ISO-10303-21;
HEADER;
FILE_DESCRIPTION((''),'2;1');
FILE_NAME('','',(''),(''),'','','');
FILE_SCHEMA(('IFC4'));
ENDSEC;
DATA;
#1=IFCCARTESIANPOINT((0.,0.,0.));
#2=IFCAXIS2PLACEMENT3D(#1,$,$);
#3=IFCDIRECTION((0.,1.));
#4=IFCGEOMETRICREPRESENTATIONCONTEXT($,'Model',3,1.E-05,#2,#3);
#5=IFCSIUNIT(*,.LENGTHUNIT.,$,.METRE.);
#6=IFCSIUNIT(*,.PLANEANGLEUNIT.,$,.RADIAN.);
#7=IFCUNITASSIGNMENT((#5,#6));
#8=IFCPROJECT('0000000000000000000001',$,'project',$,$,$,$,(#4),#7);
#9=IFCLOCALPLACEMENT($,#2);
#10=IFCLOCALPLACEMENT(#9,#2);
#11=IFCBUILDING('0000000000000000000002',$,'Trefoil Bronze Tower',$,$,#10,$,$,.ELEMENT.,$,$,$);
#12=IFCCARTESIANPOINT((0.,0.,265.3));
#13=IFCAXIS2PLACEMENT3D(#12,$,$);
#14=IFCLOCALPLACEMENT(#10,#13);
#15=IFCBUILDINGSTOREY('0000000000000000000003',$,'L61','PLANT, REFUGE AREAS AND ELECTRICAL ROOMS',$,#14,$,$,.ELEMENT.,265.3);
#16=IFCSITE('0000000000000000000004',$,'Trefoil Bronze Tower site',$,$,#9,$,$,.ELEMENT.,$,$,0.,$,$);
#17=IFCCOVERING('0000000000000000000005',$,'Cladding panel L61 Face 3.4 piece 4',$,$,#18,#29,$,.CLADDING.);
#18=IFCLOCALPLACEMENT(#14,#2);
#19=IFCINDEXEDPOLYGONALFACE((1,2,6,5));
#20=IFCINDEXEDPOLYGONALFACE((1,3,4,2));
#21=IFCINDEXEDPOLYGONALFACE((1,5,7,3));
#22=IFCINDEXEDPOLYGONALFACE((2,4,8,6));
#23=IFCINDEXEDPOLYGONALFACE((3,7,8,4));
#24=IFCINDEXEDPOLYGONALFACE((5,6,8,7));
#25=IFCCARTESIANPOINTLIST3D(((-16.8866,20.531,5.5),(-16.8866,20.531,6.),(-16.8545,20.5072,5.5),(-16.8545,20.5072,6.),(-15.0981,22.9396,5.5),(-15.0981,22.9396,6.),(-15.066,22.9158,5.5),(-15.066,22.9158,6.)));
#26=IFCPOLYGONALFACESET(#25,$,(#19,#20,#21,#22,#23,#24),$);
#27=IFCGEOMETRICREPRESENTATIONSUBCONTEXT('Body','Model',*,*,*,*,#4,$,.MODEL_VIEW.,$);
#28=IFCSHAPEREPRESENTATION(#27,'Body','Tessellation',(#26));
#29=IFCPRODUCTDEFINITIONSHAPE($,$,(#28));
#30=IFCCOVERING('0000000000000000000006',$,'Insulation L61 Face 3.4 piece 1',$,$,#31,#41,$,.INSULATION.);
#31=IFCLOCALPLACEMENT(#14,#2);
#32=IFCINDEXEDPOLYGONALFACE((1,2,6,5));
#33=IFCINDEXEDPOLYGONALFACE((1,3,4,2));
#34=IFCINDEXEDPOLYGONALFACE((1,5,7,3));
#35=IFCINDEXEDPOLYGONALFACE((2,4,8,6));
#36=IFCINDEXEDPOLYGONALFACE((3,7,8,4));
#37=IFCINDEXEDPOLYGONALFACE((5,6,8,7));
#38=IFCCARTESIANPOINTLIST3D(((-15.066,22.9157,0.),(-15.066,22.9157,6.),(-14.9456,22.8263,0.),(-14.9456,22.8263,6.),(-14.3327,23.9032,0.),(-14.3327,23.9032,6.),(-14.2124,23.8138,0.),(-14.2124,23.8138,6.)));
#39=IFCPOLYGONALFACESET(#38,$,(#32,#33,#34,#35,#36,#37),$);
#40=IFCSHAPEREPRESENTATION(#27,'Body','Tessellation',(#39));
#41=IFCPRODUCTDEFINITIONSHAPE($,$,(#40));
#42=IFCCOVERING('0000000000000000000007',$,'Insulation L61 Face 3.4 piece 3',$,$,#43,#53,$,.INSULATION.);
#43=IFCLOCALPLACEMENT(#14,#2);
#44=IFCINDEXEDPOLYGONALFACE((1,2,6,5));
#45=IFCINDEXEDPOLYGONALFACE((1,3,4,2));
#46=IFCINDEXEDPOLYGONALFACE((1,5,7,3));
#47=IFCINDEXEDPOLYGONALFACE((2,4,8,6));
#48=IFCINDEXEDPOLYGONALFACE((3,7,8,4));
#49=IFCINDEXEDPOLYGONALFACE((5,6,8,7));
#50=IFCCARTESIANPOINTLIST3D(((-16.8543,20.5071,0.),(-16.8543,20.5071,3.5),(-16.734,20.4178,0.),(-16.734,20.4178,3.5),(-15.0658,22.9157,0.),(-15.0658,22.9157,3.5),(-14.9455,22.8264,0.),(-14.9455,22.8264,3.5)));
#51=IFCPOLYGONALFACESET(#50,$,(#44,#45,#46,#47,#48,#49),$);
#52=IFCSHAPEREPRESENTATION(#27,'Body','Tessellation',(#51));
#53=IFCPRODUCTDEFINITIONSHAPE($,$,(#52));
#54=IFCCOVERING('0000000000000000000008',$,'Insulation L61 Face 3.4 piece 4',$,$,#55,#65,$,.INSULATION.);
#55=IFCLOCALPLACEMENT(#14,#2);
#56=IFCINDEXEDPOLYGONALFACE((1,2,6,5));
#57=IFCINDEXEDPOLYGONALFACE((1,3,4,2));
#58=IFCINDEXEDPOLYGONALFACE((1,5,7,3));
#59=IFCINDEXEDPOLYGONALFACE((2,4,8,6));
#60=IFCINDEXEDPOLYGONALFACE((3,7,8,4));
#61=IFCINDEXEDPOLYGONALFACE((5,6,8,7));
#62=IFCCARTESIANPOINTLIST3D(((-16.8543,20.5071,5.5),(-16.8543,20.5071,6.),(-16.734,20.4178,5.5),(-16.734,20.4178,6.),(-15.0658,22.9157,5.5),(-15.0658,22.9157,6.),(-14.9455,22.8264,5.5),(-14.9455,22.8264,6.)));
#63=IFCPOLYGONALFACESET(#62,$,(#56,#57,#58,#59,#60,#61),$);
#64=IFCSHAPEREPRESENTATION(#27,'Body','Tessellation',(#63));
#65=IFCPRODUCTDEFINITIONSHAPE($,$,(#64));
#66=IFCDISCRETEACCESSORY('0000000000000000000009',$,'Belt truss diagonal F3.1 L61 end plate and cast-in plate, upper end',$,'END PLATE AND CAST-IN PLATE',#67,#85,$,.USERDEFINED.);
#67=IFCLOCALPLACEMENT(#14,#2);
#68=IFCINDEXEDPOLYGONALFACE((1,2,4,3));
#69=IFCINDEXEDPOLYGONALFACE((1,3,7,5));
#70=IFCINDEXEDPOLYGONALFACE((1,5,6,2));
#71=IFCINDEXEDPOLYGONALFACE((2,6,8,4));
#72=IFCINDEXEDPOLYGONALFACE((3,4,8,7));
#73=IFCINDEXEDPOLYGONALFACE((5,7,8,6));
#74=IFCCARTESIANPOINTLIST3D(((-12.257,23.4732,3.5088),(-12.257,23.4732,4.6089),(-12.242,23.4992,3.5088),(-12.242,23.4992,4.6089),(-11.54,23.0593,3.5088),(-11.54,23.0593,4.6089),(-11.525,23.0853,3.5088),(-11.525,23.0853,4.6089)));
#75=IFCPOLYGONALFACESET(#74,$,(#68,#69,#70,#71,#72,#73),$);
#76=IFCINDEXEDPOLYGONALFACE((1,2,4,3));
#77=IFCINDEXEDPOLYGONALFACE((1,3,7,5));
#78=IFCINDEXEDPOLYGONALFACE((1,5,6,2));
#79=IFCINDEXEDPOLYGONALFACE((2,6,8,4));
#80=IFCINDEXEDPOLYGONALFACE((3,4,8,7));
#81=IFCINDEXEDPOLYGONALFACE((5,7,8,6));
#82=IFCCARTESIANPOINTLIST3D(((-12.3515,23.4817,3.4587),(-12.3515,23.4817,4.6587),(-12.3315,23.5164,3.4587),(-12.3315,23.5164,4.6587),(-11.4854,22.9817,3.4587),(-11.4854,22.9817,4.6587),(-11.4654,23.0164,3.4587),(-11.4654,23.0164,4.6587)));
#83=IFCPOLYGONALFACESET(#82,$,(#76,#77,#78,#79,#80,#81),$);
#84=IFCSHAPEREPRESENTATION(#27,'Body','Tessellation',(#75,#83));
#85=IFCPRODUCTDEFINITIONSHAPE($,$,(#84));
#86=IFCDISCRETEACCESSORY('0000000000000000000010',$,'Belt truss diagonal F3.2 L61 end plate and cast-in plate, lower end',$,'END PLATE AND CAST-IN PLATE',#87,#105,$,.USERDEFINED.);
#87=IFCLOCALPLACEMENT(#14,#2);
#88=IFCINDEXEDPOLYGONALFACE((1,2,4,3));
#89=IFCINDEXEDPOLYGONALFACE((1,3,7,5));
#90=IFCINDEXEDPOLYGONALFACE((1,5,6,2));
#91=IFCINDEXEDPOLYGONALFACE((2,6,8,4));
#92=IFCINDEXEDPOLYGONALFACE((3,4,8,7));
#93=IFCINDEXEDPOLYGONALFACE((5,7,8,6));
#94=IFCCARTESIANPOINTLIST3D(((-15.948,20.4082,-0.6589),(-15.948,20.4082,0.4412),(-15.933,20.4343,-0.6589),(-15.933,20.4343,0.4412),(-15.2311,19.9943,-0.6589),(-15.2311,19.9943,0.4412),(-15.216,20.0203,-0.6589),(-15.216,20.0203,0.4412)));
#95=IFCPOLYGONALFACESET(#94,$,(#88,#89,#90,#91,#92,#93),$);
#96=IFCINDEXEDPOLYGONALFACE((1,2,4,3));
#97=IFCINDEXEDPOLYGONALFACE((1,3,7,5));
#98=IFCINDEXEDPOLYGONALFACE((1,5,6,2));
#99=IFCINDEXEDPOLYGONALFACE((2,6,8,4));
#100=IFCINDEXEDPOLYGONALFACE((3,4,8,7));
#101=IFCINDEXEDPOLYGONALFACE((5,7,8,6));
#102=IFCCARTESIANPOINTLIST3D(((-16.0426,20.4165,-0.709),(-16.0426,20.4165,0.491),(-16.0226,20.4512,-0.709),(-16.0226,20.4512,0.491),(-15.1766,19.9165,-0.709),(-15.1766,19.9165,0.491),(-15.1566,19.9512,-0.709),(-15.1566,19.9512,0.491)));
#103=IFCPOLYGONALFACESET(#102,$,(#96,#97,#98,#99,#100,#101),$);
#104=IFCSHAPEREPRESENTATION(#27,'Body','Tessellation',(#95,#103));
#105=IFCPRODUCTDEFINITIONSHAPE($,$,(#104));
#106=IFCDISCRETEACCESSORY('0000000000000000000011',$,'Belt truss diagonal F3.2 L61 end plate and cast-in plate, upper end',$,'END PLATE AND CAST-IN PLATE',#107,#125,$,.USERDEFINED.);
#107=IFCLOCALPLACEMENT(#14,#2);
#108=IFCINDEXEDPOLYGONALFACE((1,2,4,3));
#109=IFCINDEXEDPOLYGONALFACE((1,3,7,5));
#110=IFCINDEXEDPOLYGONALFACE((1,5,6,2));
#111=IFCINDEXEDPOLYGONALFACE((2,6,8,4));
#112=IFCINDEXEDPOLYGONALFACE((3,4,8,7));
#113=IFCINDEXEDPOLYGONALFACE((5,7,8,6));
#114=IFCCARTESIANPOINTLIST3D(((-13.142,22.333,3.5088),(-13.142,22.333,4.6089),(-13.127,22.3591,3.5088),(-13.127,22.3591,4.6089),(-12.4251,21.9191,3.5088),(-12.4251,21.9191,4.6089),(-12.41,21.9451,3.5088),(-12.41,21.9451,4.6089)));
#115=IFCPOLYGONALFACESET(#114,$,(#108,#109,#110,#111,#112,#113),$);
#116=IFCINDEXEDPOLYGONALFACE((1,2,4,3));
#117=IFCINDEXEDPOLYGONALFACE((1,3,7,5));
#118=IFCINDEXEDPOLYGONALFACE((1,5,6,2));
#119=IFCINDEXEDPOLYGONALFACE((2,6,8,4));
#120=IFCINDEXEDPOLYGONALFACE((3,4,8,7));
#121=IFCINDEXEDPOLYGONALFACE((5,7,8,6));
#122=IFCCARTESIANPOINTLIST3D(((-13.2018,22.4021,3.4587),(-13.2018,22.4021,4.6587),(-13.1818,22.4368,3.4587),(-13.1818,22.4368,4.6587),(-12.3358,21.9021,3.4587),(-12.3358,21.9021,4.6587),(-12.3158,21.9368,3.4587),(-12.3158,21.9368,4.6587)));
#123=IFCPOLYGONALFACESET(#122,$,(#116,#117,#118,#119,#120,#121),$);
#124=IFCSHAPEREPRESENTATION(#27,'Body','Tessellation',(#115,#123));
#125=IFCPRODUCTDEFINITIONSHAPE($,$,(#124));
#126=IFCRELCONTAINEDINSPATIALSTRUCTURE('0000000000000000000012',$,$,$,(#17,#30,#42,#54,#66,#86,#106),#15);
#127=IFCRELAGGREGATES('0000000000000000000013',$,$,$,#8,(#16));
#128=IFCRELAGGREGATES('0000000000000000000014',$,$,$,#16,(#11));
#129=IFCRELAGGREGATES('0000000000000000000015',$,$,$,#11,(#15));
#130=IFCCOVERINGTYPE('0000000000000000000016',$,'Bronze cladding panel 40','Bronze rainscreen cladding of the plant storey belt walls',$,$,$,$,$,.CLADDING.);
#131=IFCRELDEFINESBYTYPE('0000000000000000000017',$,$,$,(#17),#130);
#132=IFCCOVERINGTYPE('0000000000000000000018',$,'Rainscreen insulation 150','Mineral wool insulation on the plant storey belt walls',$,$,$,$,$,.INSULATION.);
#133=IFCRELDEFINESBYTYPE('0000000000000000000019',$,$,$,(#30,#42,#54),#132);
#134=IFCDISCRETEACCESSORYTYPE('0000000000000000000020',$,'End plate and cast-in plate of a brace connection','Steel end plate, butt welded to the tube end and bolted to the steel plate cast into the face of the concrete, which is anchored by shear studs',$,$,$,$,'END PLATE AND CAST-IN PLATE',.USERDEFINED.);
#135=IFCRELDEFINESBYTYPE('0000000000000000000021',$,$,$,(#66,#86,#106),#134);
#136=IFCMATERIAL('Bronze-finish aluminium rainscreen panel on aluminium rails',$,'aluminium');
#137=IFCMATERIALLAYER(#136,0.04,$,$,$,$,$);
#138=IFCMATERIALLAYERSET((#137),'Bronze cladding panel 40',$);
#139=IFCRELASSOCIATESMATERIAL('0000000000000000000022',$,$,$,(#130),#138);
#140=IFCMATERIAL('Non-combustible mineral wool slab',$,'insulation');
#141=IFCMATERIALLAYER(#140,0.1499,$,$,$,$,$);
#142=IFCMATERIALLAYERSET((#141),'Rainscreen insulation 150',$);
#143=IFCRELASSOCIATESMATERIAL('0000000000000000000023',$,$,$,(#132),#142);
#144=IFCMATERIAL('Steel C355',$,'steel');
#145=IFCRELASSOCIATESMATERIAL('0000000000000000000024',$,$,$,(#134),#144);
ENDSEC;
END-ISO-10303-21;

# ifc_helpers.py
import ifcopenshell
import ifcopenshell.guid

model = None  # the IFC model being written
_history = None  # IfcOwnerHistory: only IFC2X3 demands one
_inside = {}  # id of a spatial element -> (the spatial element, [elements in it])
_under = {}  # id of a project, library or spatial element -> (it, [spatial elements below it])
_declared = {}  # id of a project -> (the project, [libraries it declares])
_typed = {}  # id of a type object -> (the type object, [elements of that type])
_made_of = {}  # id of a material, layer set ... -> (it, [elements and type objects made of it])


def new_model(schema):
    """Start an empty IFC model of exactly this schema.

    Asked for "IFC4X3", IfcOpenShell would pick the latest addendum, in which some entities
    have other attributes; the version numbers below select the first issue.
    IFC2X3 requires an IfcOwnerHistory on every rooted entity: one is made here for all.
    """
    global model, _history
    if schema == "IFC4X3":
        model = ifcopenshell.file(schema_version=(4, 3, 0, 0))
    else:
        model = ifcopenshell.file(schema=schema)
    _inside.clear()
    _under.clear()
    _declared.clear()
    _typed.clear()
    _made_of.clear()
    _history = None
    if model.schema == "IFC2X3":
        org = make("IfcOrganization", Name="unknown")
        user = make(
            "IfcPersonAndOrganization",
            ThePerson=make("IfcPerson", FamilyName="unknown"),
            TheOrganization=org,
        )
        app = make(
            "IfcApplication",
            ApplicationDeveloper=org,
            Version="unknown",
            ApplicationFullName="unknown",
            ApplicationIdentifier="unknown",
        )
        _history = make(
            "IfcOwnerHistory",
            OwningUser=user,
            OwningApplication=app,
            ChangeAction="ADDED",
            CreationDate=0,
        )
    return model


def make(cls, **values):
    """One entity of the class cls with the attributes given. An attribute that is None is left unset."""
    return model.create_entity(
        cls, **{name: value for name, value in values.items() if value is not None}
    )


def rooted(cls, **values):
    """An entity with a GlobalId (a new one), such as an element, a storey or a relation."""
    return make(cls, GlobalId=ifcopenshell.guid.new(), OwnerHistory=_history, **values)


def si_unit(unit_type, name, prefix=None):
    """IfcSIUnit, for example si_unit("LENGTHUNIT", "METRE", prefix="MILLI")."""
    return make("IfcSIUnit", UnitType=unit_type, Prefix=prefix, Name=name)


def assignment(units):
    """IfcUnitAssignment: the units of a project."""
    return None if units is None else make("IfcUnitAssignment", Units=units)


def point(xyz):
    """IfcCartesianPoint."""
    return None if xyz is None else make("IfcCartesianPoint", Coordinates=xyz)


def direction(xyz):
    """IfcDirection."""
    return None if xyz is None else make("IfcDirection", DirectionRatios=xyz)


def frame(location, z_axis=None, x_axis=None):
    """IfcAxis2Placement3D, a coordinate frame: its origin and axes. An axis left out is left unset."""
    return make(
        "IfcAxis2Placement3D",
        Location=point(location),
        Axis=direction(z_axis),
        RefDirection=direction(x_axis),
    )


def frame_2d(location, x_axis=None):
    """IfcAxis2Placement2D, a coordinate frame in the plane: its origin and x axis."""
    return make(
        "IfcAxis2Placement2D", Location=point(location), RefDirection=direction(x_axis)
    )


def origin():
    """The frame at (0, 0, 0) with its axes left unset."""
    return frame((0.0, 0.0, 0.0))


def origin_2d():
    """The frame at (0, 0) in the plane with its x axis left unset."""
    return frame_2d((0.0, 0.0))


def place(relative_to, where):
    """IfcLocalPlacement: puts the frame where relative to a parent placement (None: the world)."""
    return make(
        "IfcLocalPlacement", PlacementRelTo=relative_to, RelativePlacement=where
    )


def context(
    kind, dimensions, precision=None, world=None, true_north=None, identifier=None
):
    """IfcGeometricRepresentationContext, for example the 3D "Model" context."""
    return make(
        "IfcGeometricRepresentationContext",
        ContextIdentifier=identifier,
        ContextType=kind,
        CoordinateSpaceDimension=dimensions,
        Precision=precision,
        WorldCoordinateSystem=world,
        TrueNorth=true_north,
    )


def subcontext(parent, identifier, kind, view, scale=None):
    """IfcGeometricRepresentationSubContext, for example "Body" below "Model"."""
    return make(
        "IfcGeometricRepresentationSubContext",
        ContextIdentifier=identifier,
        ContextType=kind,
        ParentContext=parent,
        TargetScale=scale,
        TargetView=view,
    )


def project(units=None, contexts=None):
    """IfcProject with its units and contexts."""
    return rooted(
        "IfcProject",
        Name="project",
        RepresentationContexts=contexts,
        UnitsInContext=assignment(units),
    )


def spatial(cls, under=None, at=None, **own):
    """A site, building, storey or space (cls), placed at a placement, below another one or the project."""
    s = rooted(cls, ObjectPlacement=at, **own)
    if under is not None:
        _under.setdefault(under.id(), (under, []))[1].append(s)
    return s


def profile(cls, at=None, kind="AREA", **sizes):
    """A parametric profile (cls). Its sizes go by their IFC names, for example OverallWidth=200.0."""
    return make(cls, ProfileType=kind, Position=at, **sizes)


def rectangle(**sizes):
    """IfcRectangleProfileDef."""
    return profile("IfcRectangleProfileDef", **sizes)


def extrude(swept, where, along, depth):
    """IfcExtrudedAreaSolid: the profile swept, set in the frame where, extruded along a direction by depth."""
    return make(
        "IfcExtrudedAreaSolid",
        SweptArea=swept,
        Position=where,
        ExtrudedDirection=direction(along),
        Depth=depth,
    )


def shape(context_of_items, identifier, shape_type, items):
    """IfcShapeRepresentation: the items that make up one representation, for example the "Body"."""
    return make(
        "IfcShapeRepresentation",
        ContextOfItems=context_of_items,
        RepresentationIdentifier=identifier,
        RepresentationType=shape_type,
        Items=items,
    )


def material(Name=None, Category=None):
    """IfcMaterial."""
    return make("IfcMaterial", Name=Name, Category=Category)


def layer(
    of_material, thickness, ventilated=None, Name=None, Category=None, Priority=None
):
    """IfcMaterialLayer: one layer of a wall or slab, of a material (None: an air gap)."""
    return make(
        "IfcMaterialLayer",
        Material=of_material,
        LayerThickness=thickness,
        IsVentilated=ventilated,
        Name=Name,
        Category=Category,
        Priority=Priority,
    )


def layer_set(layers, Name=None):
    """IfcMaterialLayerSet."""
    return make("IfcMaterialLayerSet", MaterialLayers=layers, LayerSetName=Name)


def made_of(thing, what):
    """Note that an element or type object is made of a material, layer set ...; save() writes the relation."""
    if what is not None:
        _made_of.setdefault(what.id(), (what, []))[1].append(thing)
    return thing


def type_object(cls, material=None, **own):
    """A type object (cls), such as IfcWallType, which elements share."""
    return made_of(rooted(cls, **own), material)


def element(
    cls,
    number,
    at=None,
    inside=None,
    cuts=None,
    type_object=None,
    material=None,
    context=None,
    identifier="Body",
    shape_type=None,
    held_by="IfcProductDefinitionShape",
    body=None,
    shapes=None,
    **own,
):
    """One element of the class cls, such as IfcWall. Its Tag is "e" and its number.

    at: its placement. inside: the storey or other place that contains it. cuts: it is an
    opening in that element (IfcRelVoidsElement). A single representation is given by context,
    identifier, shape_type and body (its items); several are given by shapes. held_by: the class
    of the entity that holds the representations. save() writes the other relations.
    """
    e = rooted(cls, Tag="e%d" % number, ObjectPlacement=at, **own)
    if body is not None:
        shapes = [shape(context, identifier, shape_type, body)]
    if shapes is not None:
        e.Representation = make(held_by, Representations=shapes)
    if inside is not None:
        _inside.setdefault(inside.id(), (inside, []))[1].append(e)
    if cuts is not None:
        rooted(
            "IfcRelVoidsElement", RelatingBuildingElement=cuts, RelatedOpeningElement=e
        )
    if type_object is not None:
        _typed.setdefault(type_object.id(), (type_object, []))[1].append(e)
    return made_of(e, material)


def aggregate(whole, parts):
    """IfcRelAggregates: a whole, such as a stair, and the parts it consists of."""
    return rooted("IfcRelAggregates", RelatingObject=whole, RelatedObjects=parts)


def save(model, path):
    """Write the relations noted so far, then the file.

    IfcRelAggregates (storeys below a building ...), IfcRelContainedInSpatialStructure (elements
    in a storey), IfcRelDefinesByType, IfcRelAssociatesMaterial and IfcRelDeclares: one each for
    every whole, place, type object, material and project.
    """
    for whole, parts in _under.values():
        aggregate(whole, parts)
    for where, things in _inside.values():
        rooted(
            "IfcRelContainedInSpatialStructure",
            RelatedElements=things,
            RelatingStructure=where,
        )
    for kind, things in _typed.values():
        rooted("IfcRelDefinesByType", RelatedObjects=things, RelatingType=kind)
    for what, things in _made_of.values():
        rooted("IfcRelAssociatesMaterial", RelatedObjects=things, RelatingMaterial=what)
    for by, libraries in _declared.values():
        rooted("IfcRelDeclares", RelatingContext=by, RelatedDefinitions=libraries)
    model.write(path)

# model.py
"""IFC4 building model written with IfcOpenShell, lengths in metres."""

from ifc_helpers import new_model, si_unit, direction, frame, origin, origin_2d, place, context, subcontext, project, spatial, rectangle, extrude, material, layer, layer_set, type_object, element, save


model = new_model("IFC4")

# Units and contexts
model_context = context("Model", 3, precision=1e-05, world=origin(), true_north=direction((0.0, 1.0)))
body_context = subcontext(model_context, "Body", "Model", "MODEL_VIEW")
ifc_project = project(units=[si_unit("LENGTHUNIT", "METRE"), si_unit("PLANEANGLEUNIT", "RADIAN")], contexts=[model_context])

# Site, building, storey
site_placement = place(None, origin())
site = spatial("IfcSite", under=ifc_project, at=site_placement, Name="Trefoil Bronze Tower site", CompositionType="ELEMENT", RefElevation=0.0)
building_placement = place(site_placement, origin())
building = spatial("IfcBuilding", under=site, at=building_placement, Name="Trefoil Bronze Tower", CompositionType="ELEMENT")
storey_placement = place(building_placement, frame((0.0, 0.0, 265.3)))
storey = spatial("IfcBuildingStorey", under=building, at=storey_placement, Name="L61", Description="PLANT, REFUGE AREAS AND ELECTRICAL ROOMS", CompositionType="ELEMENT", Elevation=265.3)

# Coverings
ifc_material_1 = material(Name="Bronze-finish aluminium rainscreen panel on aluminium rails", Category="aluminium")
ifc_layer_1 = layer(ifc_material_1, 0.04)
ifc_layer_set_1 = layer_set([ifc_layer_1], Name="Bronze cladding panel 40")
covering_type_1 = type_object("IfcCoveringType", Name="Bronze cladding panel 40", Description="Bronze rainscreen cladding of the plant storey belt walls", PredefinedType="CLADDING", material=ifc_layer_set_1)
covering_1_placement = place(storey_placement, frame((-15.9763, 21.7234, 5.5), z_axis=(0.0, 0.0, 1.0), x_axis=(-0.596162, -0.802865, 0.0)))
element("IfcCovering", 1, at=covering_1_placement, inside=storey, type_object=covering_type_1, Name="Cladding panel L61 Face 3.4 piece 4", PredefinedType="CLADDING", context=body_context, shape_type="SweptSolid", body=[
    extrude(rectangle(XDim=3.0, YDim=0.04, at=origin_2d()), origin(), (0.0, 0.0, 1.0), 0.5),
])
ifc_material_2 = material(Name="Non-combustible mineral wool slab", Category="insulation")
ifc_layer_2 = layer(ifc_material_2, 0.1499)
ifc_layer_set_2 = layer_set([ifc_layer_2], Name="Rainscreen insulation 150")
covering_type_2 = type_object("IfcCoveringType", Name="Rainscreen insulation 150", Description="Mineral wool insulation on the plant storey belt walls", PredefinedType="INSULATION", material=ifc_layer_set_2)
covering_2_placement = place(storey_placement, frame((-14.6392, 23.3647, 0.0), z_axis=(0.0, 0.0, 1.0), x_axis=(-0.596162, -0.802865, 0.0)))
element("IfcCovering", 2, at=covering_2_placement, inside=storey, type_object=covering_type_2, Name="Insulation L61 Face 3.4 piece 1", PredefinedType="INSULATION", context=body_context, shape_type="SweptSolid", body=[
    extrude(rectangle(XDim=1.23, YDim=0.1499, at=origin_2d()), origin(), (0.0, 0.0, 1.0), 6.0),
])
covering_3_placement = place(storey_placement, frame((-15.8999, 21.6667, 0.0), z_axis=(0.0, 0.0, 1.0), x_axis=(-0.596162, -0.802865, 0.0)))
element("IfcCovering", 3, at=covering_3_placement, inside=storey, type_object=covering_type_2, Name="Insulation L61 Face 3.4 piece 3", PredefinedType="INSULATION", context=body_context, shape_type="SweptSolid", body=[
    extrude(rectangle(XDim=3.0, YDim=0.1499, at=origin_2d()), origin(), (0.0, 0.0, 1.0), 3.5),
])
covering_4_placement = place(storey_placement, frame((-15.8999, 21.6667, 5.5), z_axis=(0.0, 0.0, 1.0), x_axis=(-0.596162, -0.802865, 0.0)))
element("IfcCovering", 4, at=covering_4_placement, inside=storey, type_object=covering_type_2, Name="Insulation L61 Face 3.4 piece 4", PredefinedType="INSULATION", context=body_context, shape_type="SweptSolid", body=[
    extrude(rectangle(XDim=3.0, YDim=0.1499, at=origin_2d()), origin(), (0.0, 0.0, 1.0), 0.5),
])

# Discrete accessories
ifc_material_3 = material(Name="Steel C355", Category="steel")
discrete_accessory_type = type_object("IfcDiscreteAccessoryType", Name="End plate and cast-in plate of a brace connection", Description="Steel end plate, butt welded to the tube end and bolted to the steel plate cast into the face of the concrete, which is anchored by shear studs", ElementType="END PLATE AND CAST-IN PLATE", PredefinedType="USERDEFINED", material=ifc_material_3)
discrete_accessory_1_placement = place(storey_placement, frame((-11.8984, 23.2664, 4.0588), z_axis=(0.0, 0.0, 1.0), x_axis=(0.5, 0.866025, 0.0)))
element("IfcDiscreteAccessory", 5, at=discrete_accessory_1_placement, inside=storey, type_object=discrete_accessory_type, Name="Belt truss diagonal F3.1 L61 end plate and cast-in plate, upper end", ObjectType="END PLATE AND CAST-IN PLATE", PredefinedType="USERDEFINED", context=body_context, shape_type="SweptSolid", body=[
    extrude(rectangle(XDim=0.03, YDim=0.8279, at=origin_2d()), frame((0.0149, 0.0, -0.55)), (0.0, 0.0, 1.0), 1.1001),
    extrude(rectangle(XDim=0.04, YDim=1.0, at=origin_2d()), frame((-0.02, 0.0, -0.6001)), (0.0, 0.0, 1.0), 1.2),
])
discrete_accessory_2_placement = place(storey_placement, frame((-15.5896, 20.2012, -0.1089), z_axis=(0.0, 0.0, 1.0), x_axis=(0.5, 0.866025, 0.0)))
element("IfcDiscreteAccessory", 6, at=discrete_accessory_2_placement, inside=storey, type_object=discrete_accessory_type, Name="Belt truss diagonal F3.2 L61 end plate and cast-in plate, lower end", ObjectType="END PLATE AND CAST-IN PLATE", PredefinedType="USERDEFINED", context=body_context, shape_type="SweptSolid", body=[
    extrude(rectangle(XDim=0.03, YDim=0.8279, at=origin_2d()), frame((0.0151, 0.0, -0.55)), (0.0, 0.0, 1.0), 1.1001),
    extrude(rectangle(XDim=0.04, YDim=1.0, at=origin_2d()), frame((-0.02, 0.0, -0.6001)), (0.0, 0.0, 1.0), 1.2),
])
discrete_accessory_3_placement = place(storey_placement, frame((-12.7688, 22.1521, 4.0588), z_axis=(0.0, 0.0, 1.0), x_axis=(-0.5, -0.866025, 0.0)))
element("IfcDiscreteAccessory", 7, at=discrete_accessory_3_placement, inside=storey, type_object=discrete_accessory_type, Name="Belt truss diagonal F3.2 L61 end plate and cast-in plate, upper end", ObjectType="END PLATE AND CAST-IN PLATE", PredefinedType="USERDEFINED", context=body_context, shape_type="SweptSolid", body=[
    extrude(rectangle(XDim=0.03, YDim=0.8279, at=origin_2d()), frame((0.0149, 0.0002, -0.55)), (0.0, 0.0, 1.0), 1.1001),
    extrude(rectangle(XDim=0.04, YDim=1.0, at=origin_2d()), frame((-0.02, 0.0, -0.6001)), (0.0, 0.0, 1.0), 1.2),
])

save(model, "model.ifc")
